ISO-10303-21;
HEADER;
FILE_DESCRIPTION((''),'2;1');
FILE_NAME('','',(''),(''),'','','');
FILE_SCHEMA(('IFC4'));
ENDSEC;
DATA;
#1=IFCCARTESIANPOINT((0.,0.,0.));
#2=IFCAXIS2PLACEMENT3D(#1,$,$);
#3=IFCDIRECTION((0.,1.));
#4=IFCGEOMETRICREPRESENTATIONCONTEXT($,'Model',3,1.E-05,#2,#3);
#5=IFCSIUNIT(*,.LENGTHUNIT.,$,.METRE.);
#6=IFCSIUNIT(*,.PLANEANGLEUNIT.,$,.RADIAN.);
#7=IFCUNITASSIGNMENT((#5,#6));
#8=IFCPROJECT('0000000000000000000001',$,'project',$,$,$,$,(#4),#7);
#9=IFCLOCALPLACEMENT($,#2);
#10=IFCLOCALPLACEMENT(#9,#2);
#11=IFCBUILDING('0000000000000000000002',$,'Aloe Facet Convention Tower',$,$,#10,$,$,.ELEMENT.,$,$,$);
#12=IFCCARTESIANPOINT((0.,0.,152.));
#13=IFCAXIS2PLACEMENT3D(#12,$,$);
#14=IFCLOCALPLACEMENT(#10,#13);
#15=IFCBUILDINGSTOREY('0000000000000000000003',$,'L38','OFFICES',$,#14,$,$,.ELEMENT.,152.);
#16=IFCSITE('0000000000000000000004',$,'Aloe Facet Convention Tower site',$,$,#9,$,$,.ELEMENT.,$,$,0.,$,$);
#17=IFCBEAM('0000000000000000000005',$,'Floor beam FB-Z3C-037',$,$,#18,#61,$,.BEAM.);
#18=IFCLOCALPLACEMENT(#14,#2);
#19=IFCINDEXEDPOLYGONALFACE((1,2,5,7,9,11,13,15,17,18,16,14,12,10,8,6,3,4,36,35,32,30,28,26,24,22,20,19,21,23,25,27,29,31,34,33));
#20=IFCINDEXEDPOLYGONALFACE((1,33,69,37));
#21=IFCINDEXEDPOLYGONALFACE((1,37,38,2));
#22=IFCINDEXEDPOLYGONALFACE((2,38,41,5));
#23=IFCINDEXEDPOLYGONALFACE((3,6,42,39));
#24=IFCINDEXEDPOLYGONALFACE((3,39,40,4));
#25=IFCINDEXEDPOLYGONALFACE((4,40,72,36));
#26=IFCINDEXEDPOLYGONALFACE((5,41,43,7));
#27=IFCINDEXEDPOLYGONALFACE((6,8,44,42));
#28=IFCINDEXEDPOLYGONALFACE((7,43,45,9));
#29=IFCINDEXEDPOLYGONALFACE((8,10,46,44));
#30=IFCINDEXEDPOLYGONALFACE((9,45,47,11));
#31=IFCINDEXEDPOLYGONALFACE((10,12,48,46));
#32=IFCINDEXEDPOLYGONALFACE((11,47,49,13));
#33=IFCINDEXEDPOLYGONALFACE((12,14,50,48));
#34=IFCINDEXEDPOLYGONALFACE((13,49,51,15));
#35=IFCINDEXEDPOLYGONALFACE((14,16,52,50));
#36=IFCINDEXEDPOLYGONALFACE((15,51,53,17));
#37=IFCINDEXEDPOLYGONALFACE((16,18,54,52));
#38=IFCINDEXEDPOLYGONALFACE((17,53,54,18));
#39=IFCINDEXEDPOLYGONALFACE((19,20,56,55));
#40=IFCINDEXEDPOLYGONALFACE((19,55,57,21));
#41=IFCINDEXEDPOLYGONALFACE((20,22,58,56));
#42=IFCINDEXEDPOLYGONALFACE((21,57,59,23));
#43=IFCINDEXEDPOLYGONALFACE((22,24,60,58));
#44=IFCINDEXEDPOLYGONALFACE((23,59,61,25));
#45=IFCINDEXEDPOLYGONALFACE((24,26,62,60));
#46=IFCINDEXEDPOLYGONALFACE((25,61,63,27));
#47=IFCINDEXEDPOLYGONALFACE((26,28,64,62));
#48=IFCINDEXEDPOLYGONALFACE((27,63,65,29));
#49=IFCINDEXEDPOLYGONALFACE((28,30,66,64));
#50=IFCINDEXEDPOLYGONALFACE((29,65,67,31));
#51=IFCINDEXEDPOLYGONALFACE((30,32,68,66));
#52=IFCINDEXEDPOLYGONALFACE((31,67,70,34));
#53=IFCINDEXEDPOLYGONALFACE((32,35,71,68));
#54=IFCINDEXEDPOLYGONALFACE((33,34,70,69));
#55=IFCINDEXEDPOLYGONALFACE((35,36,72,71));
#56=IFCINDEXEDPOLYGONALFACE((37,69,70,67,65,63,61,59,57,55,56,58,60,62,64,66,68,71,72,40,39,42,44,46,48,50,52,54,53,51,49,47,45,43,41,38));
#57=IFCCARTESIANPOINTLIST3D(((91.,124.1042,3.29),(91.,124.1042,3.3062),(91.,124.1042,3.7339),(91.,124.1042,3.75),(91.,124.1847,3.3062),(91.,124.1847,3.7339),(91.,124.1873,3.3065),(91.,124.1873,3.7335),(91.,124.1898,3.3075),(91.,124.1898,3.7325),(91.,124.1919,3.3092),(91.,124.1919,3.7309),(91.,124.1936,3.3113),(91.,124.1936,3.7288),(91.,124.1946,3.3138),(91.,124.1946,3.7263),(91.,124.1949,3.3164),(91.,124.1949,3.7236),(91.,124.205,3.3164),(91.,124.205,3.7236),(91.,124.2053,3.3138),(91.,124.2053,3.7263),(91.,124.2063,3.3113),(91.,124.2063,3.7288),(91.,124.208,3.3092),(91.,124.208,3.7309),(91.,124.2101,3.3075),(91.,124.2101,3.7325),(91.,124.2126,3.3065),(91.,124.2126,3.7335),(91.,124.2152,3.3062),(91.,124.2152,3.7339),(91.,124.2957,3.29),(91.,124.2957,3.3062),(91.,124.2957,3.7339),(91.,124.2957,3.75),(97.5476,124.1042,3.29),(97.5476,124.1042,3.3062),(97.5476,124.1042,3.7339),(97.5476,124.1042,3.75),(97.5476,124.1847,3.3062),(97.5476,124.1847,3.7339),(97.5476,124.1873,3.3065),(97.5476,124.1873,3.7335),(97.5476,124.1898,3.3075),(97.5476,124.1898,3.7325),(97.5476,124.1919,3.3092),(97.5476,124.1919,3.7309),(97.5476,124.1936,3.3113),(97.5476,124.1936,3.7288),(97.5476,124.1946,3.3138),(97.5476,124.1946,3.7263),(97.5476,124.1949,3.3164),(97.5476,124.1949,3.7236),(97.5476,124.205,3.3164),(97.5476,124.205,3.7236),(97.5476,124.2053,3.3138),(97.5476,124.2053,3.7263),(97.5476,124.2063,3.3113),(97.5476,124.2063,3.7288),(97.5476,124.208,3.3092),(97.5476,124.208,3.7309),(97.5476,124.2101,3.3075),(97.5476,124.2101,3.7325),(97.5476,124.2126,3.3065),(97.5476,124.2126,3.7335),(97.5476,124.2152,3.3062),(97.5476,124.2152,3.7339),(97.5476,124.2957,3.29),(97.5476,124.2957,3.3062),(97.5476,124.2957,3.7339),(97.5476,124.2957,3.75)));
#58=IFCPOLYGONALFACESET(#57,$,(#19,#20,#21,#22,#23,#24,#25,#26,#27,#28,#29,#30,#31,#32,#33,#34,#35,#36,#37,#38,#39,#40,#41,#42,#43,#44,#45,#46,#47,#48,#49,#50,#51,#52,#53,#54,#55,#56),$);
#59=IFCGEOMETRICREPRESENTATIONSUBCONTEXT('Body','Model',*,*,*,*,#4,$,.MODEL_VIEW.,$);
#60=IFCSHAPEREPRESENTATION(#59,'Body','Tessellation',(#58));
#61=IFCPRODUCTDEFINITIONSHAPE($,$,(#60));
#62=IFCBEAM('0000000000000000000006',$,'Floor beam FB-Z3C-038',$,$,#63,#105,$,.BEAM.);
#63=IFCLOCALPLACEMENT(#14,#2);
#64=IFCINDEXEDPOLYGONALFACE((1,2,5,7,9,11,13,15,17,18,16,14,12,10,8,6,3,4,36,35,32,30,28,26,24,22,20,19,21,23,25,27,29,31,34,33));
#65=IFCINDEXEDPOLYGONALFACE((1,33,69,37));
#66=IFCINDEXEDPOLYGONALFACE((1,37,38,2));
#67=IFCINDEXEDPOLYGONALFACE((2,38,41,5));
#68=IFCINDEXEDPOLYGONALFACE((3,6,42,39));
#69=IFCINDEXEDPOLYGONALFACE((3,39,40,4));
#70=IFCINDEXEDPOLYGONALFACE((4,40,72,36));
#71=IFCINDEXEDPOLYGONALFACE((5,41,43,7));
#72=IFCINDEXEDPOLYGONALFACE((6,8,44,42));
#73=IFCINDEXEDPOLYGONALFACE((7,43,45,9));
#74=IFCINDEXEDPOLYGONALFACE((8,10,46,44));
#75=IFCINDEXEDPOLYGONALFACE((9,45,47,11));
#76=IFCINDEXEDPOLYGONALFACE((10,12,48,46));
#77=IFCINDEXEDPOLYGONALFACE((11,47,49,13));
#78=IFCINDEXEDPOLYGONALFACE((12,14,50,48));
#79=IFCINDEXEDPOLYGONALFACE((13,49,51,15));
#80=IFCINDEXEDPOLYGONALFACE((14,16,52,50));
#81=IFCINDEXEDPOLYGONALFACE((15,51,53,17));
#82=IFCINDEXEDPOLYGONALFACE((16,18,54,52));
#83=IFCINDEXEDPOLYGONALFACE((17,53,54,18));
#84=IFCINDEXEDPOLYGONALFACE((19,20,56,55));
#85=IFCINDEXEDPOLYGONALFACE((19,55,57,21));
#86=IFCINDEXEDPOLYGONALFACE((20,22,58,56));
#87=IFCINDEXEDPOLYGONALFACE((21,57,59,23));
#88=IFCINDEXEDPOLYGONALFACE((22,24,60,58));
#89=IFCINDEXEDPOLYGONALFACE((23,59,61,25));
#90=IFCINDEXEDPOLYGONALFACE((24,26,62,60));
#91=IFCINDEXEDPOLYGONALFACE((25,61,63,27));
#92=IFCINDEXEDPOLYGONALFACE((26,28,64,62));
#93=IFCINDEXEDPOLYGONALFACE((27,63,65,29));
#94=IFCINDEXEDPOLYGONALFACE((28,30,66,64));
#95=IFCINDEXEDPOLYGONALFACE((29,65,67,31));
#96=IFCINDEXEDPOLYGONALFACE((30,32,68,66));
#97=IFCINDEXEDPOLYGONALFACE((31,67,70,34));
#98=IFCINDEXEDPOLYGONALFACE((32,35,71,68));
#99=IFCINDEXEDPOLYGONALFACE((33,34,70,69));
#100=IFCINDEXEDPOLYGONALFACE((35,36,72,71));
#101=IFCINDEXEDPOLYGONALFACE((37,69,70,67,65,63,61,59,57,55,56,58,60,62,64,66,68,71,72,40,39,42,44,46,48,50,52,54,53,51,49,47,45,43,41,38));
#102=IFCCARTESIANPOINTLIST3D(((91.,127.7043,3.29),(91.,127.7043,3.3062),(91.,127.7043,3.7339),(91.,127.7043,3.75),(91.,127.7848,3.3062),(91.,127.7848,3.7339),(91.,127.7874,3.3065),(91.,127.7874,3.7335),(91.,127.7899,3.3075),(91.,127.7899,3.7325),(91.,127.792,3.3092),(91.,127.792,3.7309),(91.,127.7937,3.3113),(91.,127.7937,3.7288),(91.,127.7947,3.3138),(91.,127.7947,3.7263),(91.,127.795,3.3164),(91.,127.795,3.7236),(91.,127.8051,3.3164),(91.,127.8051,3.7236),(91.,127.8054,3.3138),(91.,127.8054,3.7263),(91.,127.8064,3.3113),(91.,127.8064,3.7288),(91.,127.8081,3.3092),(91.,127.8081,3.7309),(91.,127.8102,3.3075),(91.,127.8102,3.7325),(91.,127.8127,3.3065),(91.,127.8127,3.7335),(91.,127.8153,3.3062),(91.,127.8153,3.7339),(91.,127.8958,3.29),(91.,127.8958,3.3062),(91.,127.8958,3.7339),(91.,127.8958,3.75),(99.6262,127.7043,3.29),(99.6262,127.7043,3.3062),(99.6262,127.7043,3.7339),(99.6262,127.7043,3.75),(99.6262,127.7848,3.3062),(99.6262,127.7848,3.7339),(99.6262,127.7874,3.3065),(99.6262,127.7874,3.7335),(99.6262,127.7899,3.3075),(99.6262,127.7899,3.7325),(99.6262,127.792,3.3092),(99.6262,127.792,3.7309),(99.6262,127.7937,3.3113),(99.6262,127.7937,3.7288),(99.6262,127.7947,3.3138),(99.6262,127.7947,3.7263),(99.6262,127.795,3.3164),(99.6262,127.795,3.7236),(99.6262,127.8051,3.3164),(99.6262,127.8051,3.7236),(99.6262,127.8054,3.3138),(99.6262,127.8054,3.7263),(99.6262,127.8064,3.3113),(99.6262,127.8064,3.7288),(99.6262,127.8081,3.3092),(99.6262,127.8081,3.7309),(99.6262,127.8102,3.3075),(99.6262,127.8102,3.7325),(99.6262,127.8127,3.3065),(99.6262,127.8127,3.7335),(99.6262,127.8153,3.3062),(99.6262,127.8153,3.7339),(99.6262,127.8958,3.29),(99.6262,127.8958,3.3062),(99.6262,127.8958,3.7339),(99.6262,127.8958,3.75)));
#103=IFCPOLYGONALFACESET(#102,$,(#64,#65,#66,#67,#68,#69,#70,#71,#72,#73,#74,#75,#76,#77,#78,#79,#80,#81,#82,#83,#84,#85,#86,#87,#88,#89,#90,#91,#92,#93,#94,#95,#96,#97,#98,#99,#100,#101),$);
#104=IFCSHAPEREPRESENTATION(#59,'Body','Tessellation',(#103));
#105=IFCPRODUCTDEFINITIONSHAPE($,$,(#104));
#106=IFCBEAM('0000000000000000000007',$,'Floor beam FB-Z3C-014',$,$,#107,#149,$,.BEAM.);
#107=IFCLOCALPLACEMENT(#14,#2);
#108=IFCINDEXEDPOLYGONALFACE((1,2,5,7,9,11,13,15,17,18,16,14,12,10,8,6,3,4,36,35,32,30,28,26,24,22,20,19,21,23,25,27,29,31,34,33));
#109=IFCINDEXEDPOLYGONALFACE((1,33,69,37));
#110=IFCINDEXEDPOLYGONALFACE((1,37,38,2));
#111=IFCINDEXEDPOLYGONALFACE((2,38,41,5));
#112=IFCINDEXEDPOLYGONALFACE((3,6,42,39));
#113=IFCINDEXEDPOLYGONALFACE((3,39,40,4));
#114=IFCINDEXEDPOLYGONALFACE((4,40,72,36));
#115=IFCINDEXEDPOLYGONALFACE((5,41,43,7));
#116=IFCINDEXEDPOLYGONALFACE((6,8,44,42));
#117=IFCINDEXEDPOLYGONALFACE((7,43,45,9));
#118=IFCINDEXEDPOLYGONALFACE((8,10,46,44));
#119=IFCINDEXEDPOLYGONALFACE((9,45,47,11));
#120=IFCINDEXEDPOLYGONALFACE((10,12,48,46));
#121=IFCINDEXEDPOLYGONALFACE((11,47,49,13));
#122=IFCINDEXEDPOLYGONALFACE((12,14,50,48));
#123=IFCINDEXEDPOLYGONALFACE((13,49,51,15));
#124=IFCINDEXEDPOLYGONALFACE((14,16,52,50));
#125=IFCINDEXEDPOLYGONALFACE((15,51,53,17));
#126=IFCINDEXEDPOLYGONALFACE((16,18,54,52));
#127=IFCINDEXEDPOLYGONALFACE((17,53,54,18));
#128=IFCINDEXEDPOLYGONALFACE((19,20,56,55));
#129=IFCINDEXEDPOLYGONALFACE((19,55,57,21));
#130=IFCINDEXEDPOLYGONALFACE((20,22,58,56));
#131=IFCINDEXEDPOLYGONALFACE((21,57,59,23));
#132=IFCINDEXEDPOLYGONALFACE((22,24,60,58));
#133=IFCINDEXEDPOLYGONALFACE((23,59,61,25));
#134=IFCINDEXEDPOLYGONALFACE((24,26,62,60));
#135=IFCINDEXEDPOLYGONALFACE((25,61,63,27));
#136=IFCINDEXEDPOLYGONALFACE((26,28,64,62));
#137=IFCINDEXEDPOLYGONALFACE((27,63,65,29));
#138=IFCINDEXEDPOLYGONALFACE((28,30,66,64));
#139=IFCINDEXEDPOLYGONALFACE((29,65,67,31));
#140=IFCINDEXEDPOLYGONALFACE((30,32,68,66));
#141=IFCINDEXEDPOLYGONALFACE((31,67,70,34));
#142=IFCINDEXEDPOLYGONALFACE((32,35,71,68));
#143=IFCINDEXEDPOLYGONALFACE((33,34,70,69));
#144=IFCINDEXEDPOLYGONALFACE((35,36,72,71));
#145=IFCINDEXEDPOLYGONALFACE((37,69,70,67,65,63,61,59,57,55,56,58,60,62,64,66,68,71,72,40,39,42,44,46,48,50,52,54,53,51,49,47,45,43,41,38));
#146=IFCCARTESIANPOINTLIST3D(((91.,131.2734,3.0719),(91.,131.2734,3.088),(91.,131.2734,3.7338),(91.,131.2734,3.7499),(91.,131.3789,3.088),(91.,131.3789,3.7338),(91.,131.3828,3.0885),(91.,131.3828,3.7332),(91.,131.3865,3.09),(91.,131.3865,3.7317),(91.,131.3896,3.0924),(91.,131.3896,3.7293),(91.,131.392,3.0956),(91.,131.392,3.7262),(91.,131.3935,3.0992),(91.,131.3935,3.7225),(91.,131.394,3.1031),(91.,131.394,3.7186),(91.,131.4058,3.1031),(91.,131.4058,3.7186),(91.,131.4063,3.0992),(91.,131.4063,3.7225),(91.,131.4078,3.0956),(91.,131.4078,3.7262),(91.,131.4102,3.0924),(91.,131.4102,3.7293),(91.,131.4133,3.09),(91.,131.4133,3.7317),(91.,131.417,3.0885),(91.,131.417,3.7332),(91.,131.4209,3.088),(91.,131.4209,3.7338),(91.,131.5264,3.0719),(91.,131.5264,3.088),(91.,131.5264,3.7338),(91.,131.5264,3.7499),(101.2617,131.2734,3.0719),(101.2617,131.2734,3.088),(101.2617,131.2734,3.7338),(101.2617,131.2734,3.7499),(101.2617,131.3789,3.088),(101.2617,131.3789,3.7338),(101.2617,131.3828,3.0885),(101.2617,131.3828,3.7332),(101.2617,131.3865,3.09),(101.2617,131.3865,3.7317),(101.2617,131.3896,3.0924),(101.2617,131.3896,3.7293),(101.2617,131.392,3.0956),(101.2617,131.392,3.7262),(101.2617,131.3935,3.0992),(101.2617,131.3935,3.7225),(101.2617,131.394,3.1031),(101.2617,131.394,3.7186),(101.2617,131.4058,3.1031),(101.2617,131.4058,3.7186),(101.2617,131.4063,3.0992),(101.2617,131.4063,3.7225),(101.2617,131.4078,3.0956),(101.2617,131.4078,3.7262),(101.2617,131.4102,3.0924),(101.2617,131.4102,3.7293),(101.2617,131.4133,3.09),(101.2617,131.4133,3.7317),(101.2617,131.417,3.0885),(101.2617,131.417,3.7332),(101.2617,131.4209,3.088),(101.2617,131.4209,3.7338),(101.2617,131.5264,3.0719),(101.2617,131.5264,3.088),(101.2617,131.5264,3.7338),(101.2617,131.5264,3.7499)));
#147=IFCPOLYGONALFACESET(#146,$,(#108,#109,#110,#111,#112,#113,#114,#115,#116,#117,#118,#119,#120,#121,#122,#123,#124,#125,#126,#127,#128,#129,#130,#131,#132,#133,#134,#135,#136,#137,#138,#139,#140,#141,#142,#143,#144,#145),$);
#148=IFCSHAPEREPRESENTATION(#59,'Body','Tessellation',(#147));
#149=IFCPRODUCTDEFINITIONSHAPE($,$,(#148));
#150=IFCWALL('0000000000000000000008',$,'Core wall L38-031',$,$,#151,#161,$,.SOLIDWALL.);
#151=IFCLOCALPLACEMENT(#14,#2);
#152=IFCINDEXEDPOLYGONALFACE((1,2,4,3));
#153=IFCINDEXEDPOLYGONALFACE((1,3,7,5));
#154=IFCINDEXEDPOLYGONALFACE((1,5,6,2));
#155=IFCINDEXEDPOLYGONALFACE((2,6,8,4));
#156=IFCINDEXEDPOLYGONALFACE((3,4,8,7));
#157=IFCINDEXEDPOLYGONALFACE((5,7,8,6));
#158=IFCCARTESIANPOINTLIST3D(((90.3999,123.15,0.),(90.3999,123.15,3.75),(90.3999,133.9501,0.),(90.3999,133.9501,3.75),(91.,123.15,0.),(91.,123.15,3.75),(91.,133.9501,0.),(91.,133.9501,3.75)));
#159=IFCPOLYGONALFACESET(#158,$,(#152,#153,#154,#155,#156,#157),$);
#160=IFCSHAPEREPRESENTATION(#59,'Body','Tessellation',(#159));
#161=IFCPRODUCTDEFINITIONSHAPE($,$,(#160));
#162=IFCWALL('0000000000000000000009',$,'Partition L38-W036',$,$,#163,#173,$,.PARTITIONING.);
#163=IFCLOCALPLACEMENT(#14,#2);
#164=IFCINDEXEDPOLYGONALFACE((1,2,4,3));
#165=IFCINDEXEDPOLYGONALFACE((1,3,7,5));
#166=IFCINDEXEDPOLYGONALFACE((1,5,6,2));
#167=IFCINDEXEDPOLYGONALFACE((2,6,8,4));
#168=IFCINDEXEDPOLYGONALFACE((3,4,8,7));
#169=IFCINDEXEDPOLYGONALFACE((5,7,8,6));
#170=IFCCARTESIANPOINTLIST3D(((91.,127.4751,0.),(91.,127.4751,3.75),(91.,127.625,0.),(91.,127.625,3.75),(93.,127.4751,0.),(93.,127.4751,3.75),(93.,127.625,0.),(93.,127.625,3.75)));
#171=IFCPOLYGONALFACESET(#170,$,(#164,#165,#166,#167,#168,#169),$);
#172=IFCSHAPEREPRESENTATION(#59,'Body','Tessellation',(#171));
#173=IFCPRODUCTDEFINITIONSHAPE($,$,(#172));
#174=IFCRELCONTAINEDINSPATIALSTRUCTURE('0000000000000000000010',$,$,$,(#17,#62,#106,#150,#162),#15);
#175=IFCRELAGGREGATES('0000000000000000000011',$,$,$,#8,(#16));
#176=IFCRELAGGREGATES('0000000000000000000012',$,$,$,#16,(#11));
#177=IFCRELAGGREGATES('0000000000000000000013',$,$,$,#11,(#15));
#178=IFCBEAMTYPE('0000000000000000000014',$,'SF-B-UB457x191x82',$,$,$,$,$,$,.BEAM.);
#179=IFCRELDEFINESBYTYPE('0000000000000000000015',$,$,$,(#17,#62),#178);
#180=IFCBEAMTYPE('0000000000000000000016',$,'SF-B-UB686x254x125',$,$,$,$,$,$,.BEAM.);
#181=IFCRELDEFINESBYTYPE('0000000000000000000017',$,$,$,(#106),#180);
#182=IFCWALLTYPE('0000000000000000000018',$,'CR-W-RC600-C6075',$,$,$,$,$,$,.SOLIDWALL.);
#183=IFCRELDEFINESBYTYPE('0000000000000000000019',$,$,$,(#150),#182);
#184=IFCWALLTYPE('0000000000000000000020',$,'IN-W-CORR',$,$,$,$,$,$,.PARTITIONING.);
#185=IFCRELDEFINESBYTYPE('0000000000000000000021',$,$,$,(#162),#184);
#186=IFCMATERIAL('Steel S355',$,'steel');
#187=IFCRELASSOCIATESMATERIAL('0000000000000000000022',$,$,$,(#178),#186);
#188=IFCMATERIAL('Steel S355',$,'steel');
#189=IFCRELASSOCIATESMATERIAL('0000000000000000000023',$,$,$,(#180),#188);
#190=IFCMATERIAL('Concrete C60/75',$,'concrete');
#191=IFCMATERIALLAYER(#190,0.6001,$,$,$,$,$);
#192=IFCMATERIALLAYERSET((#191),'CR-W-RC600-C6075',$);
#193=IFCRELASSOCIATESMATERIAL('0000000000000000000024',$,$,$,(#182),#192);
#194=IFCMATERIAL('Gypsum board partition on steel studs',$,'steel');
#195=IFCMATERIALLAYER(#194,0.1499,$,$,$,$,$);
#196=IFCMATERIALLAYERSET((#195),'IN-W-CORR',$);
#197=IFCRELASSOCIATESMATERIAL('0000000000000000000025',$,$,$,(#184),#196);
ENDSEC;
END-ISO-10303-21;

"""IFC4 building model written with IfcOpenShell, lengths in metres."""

from ifc_helpers import new_model, si_unit, direction, frame, frame_2d, origin, origin_2d, place, context, subcontext, project, spatial, rectangle, i_section, extrude, material, layer, layer_set, material_profile, profile_set, type_object, element, save


model = new_model("IFC4")

# Units and contexts
model_context = context("Model", 3, precision=1e-05, world=origin(), true_north=direction((0.0, 1.0)))
body_context = subcontext(model_context, "Body", "Model", "MODEL_VIEW")
ifc_project = project(units=[si_unit("LENGTHUNIT", "METRE"), si_unit("PLANEANGLEUNIT", "RADIAN")], contexts=[model_context])

# Site, building, storey
site_placement = place(None, origin())
site = spatial("IfcSite", under=ifc_project, at=site_placement, Name="Aloe Facet Convention Tower site", CompositionType="ELEMENT", RefElevation=0.0)
building_placement = place(site_placement, origin())
building = spatial("IfcBuilding", under=site, at=building_placement, Name="Aloe Facet Convention Tower", CompositionType="ELEMENT")
storey_placement = place(building_placement, frame((0.0, 0.0, 152.0)))
storey = spatial("IfcBuildingStorey", under=building, at=storey_placement, Name="L38", Description="OFFICES", CompositionType="ELEMENT", Elevation=152.0)

# Beams
ifc_material_1 = material(Name="Steel S355", Category="steel")
ifc_material_profile_1 = material_profile(ifc_material_1, i_section(OverallWidth=0.1914, OverallDepth=0.46, WebThickness=0.01, FlangeThickness=0.0161, FilletRadius=0.0103, at=origin_2d()), Name="UB 457x191x82")
ifc_profile_set_1 = profile_set([ifc_material_profile_1], Name="Steel S355")
beam_type_1 = type_object("IfcBeamType", Name="SF-B-UB457x191x82", PredefinedType="BEAM", material=ifc_profile_set_1)
beam_1_placement = place(storey_placement, frame((91.0, 124.2, 3.52), z_axis=(1.0, 0.0, 0.0), x_axis=(0.0, 1.0, 0.0)))
element("IfcBeam", 1, at=beam_1_placement, inside=storey, type_object=beam_type_1, Name="Floor beam FB-Z3C-037", PredefinedType="BEAM", context=body_context, shape_type="SweptSolid", body=[
    extrude(i_section(OverallWidth=0.1914, OverallDepth=0.46, WebThickness=0.01, FlangeThickness=0.0161, FilletRadius=0.0103, at=origin_2d()), origin(), (0.0, 0.0, 1.0), 6.5476),
])
beam_2_placement = place(storey_placement, frame((91.0, 127.8, 3.52), z_axis=(1.0, 0.0, 0.0), x_axis=(0.0, 1.0, 0.0)))
element("IfcBeam", 2, at=beam_2_placement, inside=storey, type_object=beam_type_1, Name="Floor beam FB-Z3C-038", PredefinedType="BEAM", context=body_context, shape_type="SweptSolid", body=[
    extrude(i_section(OverallWidth=0.1914, OverallDepth=0.46, WebThickness=0.01, FlangeThickness=0.0161, FilletRadius=0.0103, at=origin_2d()), origin(), (0.0, 0.0, 1.0), 8.6262),
])
ifc_material_2 = material(Name="Steel S355", Category="steel")
ifc_material_profile_2 = material_profile(ifc_material_2, i_section(OverallWidth=0.2529, OverallDepth=0.678, WebThickness=0.0117, FlangeThickness=0.0161, FilletRadius=0.0151, at=origin_2d()), Name="UB 686x254x125")
ifc_profile_set_2 = profile_set([ifc_material_profile_2], Name="Steel S355")
beam_type_2 = type_object("IfcBeamType", Name="SF-B-UB686x254x125", PredefinedType="BEAM", material=ifc_profile_set_2)
beam_3_placement = place(storey_placement, frame((91.0, 131.3999, 3.4109), z_axis=(1.0, 0.0, 0.0), x_axis=(0.0, 1.0, 0.0)))
element("IfcBeam", 3, at=beam_3_placement, inside=storey, type_object=beam_type_2, Name="Floor beam FB-Z3C-014", PredefinedType="BEAM", context=body_context, shape_type="SweptSolid", body=[
    extrude(i_section(OverallWidth=0.2529, OverallDepth=0.678, WebThickness=0.0117, FlangeThickness=0.0161, FilletRadius=0.0151, at=origin_2d()), origin(), (0.0, 0.0, 1.0), 10.2617),
])

# Walls
ifc_material_3 = material(Name="Concrete C60/75", Category="concrete")
ifc_layer_1 = layer(ifc_material_3, 0.6001)
ifc_layer_set_1 = layer_set([ifc_layer_1], Name="CR-W-RC600-C6075")
wall_type_1 = type_object("IfcWallType", Name="CR-W-RC600-C6075", PredefinedType="SOLIDWALL", material=ifc_layer_set_1)
wall_1_placement = place(storey_placement, frame((90.7, 133.95, 0.0), z_axis=(0.0, 0.0, 1.0), x_axis=(0.0, -1.0, 0.0)))
element("IfcWall", 4, at=wall_1_placement, inside=storey, type_object=wall_type_1, Name="Core wall L38-031", PredefinedType="SOLIDWALL", context=body_context, shape_type="SweptSolid", body=[
    extrude(rectangle(XDim=10.8, YDim=0.6001, at=frame_2d((5.3999, 0.0))), origin(), (0.0, 0.0, 1.0), 3.75),
])
ifc_material_4 = material(Name="Gypsum board partition on steel studs", Category="steel")
ifc_layer_2 = layer(ifc_material_4, 0.1499)
ifc_layer_set_2 = layer_set([ifc_layer_2], Name="IN-W-CORR")
wall_type_2 = type_object("IfcWallType", Name="IN-W-CORR", PredefinedType="PARTITIONING", material=ifc_layer_set_2)
wall_2_placement = place(storey_placement, frame((91.0, 127.55, 0.0), z_axis=(0.0, 0.0, 1.0), x_axis=(1.0, 0.0, 0.0)))
element("IfcWall", 5, at=wall_2_placement, inside=storey, type_object=wall_type_2, Name="Partition L38-W036", PredefinedType="PARTITIONING", context=body_context, shape_type="SweptSolid", body=[
    extrude(rectangle(XDim=2.0, YDim=0.1499, at=frame_2d((1.0, 0.0))), origin(), (0.0, 0.0, 1.0), 3.75),
])

save(model, "model.ifc")
